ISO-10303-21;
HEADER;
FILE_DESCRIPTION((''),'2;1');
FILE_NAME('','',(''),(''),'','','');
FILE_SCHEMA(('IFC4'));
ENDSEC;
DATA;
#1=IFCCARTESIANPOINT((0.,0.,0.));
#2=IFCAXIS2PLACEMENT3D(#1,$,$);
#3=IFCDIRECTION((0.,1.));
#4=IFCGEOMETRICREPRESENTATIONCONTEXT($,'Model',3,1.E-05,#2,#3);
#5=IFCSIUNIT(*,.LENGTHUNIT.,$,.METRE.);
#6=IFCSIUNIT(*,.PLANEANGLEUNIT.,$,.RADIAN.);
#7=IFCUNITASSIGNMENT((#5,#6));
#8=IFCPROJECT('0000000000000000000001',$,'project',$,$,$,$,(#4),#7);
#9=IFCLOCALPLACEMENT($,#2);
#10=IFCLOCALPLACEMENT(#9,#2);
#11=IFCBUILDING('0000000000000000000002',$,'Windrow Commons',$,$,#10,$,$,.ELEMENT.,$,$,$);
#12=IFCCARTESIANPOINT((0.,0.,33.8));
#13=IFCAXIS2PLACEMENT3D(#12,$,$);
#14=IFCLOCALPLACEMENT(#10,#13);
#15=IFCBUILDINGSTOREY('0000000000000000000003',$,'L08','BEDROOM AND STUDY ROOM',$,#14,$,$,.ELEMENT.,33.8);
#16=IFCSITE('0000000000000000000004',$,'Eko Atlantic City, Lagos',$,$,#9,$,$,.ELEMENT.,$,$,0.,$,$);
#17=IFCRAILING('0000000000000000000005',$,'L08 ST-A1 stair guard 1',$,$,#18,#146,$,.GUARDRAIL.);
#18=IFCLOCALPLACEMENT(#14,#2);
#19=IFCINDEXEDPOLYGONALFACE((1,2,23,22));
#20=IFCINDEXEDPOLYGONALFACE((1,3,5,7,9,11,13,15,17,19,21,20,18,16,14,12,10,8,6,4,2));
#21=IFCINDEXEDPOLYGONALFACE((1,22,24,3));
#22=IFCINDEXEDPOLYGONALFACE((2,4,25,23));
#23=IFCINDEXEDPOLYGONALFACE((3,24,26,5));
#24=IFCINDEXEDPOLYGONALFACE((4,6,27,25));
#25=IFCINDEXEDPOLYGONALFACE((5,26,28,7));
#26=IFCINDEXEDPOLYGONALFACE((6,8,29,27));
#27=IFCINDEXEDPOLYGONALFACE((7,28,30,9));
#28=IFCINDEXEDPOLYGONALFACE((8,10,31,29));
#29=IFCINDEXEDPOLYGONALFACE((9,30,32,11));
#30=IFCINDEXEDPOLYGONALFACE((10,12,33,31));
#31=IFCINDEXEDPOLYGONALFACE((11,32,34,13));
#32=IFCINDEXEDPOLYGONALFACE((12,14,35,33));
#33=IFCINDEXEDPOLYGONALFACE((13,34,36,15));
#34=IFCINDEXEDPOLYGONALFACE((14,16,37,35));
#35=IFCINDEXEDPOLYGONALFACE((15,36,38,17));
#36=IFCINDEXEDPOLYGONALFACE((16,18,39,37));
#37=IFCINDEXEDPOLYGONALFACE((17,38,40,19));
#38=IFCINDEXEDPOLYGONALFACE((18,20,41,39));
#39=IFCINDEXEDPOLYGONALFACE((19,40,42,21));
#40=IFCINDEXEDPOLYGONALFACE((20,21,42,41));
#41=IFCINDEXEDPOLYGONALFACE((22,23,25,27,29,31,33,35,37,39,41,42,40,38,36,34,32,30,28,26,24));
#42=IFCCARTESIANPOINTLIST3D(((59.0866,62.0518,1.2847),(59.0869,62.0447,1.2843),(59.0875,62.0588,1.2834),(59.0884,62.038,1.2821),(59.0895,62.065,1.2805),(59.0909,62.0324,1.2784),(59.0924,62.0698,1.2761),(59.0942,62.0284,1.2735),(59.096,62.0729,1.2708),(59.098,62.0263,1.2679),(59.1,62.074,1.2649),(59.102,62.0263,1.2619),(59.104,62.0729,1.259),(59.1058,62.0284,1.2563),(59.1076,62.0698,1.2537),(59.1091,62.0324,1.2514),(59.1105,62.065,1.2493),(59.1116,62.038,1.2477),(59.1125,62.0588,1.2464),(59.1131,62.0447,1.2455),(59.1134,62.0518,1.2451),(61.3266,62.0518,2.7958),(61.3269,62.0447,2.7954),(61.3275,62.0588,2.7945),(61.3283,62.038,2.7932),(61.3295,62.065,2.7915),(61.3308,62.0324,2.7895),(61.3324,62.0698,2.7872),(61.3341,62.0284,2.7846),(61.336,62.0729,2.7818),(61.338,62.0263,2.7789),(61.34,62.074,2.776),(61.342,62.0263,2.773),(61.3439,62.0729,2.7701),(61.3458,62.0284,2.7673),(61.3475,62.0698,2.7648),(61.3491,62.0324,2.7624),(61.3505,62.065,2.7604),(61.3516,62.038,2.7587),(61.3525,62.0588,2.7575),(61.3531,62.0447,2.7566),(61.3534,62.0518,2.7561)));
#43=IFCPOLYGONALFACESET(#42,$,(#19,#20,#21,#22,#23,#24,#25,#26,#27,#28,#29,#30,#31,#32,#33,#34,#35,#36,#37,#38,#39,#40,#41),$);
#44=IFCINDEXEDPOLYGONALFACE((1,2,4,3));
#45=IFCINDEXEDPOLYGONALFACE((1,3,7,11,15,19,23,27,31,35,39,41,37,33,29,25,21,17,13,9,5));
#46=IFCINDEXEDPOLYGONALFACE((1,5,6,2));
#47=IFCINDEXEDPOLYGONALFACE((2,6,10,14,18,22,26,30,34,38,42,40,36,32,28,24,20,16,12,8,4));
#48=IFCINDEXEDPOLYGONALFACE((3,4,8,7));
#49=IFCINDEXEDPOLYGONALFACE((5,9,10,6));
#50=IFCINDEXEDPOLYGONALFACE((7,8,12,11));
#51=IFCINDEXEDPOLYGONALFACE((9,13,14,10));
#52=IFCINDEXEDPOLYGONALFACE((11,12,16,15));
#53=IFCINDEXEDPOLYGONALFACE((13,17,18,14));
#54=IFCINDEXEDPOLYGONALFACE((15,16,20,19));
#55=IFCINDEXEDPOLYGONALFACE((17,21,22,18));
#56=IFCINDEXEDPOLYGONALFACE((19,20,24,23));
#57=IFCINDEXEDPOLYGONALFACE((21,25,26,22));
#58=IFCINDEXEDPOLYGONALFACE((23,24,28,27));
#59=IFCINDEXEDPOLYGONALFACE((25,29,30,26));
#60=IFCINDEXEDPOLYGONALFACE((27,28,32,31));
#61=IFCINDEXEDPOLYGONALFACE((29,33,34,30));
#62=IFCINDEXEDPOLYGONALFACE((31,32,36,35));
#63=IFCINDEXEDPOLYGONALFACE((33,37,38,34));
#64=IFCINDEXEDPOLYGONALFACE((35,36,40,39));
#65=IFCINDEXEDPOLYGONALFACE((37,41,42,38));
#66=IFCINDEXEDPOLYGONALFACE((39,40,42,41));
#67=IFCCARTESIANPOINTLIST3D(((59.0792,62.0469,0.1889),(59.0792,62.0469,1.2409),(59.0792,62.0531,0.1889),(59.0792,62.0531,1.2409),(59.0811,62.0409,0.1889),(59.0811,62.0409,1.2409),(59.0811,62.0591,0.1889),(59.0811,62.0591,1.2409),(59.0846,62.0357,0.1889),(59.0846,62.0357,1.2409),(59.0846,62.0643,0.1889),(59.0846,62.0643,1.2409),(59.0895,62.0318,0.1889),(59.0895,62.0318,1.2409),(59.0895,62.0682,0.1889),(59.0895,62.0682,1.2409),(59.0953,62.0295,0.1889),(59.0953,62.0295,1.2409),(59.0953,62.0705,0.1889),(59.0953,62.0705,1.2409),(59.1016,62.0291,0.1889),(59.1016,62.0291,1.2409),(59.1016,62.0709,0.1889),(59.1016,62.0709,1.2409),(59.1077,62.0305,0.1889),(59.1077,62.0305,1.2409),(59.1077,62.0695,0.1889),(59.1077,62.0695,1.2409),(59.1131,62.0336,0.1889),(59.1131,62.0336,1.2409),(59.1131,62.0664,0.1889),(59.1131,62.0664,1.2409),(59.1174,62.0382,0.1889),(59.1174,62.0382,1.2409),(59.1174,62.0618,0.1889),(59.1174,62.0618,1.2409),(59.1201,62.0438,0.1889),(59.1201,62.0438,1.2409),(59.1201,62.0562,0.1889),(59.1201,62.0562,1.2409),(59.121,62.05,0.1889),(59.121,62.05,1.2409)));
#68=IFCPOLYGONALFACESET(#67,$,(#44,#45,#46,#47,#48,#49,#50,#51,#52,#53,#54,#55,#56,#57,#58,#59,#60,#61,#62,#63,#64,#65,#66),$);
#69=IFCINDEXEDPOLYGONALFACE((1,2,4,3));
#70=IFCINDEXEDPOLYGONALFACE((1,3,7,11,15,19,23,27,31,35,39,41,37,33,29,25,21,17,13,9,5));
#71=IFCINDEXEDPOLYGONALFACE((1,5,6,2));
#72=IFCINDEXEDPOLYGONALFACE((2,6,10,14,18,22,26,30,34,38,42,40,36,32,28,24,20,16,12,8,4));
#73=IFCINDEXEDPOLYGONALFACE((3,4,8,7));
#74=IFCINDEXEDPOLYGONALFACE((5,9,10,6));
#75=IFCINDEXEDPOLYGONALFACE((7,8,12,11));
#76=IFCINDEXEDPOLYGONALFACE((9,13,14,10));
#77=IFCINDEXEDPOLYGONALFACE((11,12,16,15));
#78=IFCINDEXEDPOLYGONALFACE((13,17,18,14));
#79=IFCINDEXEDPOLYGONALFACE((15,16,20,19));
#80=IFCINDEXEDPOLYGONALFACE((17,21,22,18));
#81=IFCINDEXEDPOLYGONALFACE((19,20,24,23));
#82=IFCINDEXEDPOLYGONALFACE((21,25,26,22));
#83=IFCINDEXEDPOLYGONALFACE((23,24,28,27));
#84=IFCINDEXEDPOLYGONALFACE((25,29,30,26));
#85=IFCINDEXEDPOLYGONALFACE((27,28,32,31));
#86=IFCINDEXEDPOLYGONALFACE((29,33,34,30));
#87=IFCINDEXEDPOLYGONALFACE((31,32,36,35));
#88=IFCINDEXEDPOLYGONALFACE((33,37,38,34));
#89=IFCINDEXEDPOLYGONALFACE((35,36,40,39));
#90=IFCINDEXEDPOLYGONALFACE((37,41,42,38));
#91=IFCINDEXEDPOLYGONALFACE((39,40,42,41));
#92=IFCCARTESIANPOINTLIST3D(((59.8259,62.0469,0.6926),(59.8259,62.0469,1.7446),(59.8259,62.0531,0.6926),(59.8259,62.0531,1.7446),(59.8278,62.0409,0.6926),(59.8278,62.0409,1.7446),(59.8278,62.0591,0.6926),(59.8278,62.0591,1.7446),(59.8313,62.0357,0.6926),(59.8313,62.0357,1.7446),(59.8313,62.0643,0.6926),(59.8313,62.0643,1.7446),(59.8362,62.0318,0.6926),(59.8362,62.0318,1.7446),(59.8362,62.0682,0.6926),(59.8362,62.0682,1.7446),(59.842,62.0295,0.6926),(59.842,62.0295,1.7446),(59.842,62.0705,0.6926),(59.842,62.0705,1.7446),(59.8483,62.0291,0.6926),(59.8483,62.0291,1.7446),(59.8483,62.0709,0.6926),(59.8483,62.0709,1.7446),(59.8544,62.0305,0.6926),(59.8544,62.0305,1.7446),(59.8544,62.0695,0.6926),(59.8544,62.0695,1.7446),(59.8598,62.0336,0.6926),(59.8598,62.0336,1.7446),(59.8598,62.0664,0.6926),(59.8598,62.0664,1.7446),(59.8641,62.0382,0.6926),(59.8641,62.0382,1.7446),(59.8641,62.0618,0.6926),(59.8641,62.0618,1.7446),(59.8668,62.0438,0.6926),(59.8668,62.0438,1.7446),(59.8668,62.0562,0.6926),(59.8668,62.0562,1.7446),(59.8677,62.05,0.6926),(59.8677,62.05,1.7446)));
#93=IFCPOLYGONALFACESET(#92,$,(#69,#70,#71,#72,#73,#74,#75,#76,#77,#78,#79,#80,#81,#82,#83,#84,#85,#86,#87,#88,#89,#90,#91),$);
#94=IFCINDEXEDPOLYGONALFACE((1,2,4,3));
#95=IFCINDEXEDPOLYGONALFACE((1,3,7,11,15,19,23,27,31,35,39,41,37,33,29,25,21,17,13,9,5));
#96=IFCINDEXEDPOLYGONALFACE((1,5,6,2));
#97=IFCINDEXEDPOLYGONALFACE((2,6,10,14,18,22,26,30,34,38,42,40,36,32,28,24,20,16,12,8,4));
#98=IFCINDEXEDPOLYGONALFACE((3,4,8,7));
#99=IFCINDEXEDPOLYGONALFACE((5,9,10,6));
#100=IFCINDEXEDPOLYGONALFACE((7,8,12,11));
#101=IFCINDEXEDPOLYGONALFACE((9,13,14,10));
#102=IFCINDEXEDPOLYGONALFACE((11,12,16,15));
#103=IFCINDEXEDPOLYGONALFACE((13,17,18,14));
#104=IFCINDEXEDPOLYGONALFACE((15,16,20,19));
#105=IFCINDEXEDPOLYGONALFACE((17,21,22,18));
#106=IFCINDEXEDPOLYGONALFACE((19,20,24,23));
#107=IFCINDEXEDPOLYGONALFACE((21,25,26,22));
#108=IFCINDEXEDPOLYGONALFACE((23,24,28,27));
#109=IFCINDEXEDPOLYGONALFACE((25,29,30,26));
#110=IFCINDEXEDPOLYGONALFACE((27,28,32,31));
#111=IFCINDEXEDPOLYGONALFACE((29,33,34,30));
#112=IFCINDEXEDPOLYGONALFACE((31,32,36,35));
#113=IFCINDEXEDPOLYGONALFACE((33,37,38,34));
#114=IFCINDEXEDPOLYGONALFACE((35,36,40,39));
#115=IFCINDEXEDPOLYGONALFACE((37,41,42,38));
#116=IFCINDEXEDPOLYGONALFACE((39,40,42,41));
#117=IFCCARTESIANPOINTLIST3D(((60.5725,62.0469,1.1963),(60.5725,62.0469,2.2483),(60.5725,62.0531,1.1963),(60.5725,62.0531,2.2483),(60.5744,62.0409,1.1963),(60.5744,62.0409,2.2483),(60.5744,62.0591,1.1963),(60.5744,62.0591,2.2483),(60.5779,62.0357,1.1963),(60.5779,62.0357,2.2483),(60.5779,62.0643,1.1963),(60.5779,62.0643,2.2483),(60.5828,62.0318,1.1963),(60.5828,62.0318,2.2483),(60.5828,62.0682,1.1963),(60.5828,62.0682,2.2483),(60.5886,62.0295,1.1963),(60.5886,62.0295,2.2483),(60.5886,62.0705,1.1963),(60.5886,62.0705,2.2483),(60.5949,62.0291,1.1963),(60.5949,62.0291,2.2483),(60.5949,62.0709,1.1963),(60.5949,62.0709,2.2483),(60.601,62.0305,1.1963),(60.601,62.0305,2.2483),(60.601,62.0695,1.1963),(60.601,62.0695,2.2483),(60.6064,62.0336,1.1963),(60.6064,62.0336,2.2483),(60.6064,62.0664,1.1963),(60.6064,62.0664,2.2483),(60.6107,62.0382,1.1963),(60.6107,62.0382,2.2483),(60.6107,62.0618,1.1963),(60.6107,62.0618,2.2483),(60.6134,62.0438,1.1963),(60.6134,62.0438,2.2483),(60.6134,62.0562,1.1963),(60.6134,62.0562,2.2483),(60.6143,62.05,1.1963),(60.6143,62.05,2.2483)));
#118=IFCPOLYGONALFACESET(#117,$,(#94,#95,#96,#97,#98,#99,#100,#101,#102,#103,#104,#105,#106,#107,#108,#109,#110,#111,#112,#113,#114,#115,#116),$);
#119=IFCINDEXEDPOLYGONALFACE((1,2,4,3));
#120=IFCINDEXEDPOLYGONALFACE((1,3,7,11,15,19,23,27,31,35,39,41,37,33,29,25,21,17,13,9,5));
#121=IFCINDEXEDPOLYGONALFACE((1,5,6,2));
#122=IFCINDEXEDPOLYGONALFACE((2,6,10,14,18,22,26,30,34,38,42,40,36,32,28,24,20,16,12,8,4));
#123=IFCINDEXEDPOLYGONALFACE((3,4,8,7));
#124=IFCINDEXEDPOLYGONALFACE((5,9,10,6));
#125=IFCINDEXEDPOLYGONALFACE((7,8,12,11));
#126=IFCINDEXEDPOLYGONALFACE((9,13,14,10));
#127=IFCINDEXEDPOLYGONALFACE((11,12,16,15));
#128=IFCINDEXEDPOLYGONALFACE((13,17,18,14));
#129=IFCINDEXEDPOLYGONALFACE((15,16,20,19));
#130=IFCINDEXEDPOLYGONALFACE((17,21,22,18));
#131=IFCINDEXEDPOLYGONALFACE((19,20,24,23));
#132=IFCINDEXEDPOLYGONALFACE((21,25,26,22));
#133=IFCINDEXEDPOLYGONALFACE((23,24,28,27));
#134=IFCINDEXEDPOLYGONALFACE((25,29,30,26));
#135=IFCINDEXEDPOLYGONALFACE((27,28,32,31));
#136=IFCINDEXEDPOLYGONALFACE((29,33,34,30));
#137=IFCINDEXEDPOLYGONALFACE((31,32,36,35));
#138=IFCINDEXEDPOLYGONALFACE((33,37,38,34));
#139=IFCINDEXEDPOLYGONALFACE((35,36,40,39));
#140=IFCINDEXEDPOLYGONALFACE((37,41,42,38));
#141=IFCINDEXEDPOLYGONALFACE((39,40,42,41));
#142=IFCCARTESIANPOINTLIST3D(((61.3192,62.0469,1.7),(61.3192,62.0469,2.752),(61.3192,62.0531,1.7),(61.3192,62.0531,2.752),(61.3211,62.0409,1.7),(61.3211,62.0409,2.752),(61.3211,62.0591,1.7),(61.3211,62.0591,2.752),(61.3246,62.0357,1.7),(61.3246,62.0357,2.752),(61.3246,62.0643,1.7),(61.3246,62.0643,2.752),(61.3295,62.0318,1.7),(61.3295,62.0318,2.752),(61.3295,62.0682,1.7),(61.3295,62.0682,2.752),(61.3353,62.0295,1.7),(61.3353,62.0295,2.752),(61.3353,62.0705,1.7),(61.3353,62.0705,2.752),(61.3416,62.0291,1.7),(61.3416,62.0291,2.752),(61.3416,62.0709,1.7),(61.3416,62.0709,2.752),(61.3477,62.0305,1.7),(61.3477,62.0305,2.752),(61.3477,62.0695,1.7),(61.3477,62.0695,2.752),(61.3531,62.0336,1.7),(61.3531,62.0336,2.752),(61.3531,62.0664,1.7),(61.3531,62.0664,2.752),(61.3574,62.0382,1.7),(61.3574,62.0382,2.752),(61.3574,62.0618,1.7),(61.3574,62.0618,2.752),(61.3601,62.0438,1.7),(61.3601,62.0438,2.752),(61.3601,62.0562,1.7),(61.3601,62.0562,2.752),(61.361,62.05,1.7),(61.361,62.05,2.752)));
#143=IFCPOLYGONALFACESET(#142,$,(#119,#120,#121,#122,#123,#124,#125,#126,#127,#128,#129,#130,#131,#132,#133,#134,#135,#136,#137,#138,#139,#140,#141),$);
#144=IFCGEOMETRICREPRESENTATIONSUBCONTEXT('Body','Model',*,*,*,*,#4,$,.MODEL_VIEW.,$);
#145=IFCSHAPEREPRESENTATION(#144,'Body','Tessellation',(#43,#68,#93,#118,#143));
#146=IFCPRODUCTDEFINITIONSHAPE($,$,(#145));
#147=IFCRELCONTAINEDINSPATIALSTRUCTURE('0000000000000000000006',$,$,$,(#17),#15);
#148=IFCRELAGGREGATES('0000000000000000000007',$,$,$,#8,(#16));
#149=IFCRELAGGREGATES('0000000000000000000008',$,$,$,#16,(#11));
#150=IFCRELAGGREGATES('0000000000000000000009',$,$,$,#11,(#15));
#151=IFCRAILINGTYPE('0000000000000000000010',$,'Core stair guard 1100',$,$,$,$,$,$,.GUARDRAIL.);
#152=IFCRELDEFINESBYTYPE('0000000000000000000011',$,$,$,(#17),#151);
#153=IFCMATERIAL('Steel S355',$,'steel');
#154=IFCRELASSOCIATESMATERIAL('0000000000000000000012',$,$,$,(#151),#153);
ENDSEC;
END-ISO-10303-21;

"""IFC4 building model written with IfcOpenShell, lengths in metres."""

from ifc_helpers import new_model, si_unit, direction, frame, origin, origin_2d, place, context, subcontext, project, spatial, circle, extrude, material, type_object, element, save


model = new_model("IFC4")

# Units and contexts
model_context = context("Model", 3, precision=1e-05, world=origin(), true_north=direction((0.0, 1.0)))
body_context = subcontext(model_context, "Body", "Model", "MODEL_VIEW")
ifc_project = project(units=[si_unit("LENGTHUNIT", "METRE"), si_unit("PLANEANGLEUNIT", "RADIAN")], contexts=[model_context])

# Site, building, storey
site_placement = place(None, origin())
site = spatial("IfcSite", under=ifc_project, at=site_placement, Name="Eko Atlantic City, Lagos", CompositionType="ELEMENT", RefElevation=0.0)
building_placement = place(site_placement, origin())
building = spatial("IfcBuilding", under=site, at=building_placement, Name="Windrow Commons", CompositionType="ELEMENT")
storey_placement = place(building_placement, frame((0.0, 0.0, 33.8)))
storey = spatial("IfcBuildingStorey", under=building, at=storey_placement, Name="L08", Description="BEDROOM AND STUDY ROOM", CompositionType="ELEMENT", Elevation=33.8)

# Railing
ifc_material_1 = material(Name="Steel S355", Category="steel")
railing_type_1 = type_object("IfcRailingType", Name="Core stair guard 1100", PredefinedType="GUARDRAIL", material=ifc_material_1)
railing_1_placement = place(storey_placement, frame((59.1, 62.05, 0.1889)))
element("IfcRailing", 1, at=railing_1_placement, inside=storey, type_object=railing_type_1, Name="L08 ST-A1 stair guard 1", PredefinedType="GUARDRAIL", context=body_context, shape_type="SweptSolid", body=[
    extrude(circle(Radius=0.024, at=origin_2d()), frame((0.0, 0.0, 1.076), z_axis=(0.829003, 0.0, 0.559244), x_axis=(0.0, 1.0, 0.0)), (0.0, 0.0, 1.0), 2.702),
    extrude(circle(Radius=0.021, at=origin_2d()), origin(), (0.0, 0.0, 1.0), 1.052),
    extrude(circle(Radius=0.021, at=origin_2d()), frame((0.7467, 0.0, 0.5037)), (0.0, 0.0, 1.0), 1.052),
    extrude(circle(Radius=0.021, at=origin_2d()), frame((1.4933, 0.0, 1.0074)), (0.0, 0.0, 1.0), 1.052),
    extrude(circle(Radius=0.021, at=origin_2d()), frame((2.24, 0.0, 1.5111)), (0.0, 0.0, 1.0), 1.052),
])

save(model, "model.ifc")
